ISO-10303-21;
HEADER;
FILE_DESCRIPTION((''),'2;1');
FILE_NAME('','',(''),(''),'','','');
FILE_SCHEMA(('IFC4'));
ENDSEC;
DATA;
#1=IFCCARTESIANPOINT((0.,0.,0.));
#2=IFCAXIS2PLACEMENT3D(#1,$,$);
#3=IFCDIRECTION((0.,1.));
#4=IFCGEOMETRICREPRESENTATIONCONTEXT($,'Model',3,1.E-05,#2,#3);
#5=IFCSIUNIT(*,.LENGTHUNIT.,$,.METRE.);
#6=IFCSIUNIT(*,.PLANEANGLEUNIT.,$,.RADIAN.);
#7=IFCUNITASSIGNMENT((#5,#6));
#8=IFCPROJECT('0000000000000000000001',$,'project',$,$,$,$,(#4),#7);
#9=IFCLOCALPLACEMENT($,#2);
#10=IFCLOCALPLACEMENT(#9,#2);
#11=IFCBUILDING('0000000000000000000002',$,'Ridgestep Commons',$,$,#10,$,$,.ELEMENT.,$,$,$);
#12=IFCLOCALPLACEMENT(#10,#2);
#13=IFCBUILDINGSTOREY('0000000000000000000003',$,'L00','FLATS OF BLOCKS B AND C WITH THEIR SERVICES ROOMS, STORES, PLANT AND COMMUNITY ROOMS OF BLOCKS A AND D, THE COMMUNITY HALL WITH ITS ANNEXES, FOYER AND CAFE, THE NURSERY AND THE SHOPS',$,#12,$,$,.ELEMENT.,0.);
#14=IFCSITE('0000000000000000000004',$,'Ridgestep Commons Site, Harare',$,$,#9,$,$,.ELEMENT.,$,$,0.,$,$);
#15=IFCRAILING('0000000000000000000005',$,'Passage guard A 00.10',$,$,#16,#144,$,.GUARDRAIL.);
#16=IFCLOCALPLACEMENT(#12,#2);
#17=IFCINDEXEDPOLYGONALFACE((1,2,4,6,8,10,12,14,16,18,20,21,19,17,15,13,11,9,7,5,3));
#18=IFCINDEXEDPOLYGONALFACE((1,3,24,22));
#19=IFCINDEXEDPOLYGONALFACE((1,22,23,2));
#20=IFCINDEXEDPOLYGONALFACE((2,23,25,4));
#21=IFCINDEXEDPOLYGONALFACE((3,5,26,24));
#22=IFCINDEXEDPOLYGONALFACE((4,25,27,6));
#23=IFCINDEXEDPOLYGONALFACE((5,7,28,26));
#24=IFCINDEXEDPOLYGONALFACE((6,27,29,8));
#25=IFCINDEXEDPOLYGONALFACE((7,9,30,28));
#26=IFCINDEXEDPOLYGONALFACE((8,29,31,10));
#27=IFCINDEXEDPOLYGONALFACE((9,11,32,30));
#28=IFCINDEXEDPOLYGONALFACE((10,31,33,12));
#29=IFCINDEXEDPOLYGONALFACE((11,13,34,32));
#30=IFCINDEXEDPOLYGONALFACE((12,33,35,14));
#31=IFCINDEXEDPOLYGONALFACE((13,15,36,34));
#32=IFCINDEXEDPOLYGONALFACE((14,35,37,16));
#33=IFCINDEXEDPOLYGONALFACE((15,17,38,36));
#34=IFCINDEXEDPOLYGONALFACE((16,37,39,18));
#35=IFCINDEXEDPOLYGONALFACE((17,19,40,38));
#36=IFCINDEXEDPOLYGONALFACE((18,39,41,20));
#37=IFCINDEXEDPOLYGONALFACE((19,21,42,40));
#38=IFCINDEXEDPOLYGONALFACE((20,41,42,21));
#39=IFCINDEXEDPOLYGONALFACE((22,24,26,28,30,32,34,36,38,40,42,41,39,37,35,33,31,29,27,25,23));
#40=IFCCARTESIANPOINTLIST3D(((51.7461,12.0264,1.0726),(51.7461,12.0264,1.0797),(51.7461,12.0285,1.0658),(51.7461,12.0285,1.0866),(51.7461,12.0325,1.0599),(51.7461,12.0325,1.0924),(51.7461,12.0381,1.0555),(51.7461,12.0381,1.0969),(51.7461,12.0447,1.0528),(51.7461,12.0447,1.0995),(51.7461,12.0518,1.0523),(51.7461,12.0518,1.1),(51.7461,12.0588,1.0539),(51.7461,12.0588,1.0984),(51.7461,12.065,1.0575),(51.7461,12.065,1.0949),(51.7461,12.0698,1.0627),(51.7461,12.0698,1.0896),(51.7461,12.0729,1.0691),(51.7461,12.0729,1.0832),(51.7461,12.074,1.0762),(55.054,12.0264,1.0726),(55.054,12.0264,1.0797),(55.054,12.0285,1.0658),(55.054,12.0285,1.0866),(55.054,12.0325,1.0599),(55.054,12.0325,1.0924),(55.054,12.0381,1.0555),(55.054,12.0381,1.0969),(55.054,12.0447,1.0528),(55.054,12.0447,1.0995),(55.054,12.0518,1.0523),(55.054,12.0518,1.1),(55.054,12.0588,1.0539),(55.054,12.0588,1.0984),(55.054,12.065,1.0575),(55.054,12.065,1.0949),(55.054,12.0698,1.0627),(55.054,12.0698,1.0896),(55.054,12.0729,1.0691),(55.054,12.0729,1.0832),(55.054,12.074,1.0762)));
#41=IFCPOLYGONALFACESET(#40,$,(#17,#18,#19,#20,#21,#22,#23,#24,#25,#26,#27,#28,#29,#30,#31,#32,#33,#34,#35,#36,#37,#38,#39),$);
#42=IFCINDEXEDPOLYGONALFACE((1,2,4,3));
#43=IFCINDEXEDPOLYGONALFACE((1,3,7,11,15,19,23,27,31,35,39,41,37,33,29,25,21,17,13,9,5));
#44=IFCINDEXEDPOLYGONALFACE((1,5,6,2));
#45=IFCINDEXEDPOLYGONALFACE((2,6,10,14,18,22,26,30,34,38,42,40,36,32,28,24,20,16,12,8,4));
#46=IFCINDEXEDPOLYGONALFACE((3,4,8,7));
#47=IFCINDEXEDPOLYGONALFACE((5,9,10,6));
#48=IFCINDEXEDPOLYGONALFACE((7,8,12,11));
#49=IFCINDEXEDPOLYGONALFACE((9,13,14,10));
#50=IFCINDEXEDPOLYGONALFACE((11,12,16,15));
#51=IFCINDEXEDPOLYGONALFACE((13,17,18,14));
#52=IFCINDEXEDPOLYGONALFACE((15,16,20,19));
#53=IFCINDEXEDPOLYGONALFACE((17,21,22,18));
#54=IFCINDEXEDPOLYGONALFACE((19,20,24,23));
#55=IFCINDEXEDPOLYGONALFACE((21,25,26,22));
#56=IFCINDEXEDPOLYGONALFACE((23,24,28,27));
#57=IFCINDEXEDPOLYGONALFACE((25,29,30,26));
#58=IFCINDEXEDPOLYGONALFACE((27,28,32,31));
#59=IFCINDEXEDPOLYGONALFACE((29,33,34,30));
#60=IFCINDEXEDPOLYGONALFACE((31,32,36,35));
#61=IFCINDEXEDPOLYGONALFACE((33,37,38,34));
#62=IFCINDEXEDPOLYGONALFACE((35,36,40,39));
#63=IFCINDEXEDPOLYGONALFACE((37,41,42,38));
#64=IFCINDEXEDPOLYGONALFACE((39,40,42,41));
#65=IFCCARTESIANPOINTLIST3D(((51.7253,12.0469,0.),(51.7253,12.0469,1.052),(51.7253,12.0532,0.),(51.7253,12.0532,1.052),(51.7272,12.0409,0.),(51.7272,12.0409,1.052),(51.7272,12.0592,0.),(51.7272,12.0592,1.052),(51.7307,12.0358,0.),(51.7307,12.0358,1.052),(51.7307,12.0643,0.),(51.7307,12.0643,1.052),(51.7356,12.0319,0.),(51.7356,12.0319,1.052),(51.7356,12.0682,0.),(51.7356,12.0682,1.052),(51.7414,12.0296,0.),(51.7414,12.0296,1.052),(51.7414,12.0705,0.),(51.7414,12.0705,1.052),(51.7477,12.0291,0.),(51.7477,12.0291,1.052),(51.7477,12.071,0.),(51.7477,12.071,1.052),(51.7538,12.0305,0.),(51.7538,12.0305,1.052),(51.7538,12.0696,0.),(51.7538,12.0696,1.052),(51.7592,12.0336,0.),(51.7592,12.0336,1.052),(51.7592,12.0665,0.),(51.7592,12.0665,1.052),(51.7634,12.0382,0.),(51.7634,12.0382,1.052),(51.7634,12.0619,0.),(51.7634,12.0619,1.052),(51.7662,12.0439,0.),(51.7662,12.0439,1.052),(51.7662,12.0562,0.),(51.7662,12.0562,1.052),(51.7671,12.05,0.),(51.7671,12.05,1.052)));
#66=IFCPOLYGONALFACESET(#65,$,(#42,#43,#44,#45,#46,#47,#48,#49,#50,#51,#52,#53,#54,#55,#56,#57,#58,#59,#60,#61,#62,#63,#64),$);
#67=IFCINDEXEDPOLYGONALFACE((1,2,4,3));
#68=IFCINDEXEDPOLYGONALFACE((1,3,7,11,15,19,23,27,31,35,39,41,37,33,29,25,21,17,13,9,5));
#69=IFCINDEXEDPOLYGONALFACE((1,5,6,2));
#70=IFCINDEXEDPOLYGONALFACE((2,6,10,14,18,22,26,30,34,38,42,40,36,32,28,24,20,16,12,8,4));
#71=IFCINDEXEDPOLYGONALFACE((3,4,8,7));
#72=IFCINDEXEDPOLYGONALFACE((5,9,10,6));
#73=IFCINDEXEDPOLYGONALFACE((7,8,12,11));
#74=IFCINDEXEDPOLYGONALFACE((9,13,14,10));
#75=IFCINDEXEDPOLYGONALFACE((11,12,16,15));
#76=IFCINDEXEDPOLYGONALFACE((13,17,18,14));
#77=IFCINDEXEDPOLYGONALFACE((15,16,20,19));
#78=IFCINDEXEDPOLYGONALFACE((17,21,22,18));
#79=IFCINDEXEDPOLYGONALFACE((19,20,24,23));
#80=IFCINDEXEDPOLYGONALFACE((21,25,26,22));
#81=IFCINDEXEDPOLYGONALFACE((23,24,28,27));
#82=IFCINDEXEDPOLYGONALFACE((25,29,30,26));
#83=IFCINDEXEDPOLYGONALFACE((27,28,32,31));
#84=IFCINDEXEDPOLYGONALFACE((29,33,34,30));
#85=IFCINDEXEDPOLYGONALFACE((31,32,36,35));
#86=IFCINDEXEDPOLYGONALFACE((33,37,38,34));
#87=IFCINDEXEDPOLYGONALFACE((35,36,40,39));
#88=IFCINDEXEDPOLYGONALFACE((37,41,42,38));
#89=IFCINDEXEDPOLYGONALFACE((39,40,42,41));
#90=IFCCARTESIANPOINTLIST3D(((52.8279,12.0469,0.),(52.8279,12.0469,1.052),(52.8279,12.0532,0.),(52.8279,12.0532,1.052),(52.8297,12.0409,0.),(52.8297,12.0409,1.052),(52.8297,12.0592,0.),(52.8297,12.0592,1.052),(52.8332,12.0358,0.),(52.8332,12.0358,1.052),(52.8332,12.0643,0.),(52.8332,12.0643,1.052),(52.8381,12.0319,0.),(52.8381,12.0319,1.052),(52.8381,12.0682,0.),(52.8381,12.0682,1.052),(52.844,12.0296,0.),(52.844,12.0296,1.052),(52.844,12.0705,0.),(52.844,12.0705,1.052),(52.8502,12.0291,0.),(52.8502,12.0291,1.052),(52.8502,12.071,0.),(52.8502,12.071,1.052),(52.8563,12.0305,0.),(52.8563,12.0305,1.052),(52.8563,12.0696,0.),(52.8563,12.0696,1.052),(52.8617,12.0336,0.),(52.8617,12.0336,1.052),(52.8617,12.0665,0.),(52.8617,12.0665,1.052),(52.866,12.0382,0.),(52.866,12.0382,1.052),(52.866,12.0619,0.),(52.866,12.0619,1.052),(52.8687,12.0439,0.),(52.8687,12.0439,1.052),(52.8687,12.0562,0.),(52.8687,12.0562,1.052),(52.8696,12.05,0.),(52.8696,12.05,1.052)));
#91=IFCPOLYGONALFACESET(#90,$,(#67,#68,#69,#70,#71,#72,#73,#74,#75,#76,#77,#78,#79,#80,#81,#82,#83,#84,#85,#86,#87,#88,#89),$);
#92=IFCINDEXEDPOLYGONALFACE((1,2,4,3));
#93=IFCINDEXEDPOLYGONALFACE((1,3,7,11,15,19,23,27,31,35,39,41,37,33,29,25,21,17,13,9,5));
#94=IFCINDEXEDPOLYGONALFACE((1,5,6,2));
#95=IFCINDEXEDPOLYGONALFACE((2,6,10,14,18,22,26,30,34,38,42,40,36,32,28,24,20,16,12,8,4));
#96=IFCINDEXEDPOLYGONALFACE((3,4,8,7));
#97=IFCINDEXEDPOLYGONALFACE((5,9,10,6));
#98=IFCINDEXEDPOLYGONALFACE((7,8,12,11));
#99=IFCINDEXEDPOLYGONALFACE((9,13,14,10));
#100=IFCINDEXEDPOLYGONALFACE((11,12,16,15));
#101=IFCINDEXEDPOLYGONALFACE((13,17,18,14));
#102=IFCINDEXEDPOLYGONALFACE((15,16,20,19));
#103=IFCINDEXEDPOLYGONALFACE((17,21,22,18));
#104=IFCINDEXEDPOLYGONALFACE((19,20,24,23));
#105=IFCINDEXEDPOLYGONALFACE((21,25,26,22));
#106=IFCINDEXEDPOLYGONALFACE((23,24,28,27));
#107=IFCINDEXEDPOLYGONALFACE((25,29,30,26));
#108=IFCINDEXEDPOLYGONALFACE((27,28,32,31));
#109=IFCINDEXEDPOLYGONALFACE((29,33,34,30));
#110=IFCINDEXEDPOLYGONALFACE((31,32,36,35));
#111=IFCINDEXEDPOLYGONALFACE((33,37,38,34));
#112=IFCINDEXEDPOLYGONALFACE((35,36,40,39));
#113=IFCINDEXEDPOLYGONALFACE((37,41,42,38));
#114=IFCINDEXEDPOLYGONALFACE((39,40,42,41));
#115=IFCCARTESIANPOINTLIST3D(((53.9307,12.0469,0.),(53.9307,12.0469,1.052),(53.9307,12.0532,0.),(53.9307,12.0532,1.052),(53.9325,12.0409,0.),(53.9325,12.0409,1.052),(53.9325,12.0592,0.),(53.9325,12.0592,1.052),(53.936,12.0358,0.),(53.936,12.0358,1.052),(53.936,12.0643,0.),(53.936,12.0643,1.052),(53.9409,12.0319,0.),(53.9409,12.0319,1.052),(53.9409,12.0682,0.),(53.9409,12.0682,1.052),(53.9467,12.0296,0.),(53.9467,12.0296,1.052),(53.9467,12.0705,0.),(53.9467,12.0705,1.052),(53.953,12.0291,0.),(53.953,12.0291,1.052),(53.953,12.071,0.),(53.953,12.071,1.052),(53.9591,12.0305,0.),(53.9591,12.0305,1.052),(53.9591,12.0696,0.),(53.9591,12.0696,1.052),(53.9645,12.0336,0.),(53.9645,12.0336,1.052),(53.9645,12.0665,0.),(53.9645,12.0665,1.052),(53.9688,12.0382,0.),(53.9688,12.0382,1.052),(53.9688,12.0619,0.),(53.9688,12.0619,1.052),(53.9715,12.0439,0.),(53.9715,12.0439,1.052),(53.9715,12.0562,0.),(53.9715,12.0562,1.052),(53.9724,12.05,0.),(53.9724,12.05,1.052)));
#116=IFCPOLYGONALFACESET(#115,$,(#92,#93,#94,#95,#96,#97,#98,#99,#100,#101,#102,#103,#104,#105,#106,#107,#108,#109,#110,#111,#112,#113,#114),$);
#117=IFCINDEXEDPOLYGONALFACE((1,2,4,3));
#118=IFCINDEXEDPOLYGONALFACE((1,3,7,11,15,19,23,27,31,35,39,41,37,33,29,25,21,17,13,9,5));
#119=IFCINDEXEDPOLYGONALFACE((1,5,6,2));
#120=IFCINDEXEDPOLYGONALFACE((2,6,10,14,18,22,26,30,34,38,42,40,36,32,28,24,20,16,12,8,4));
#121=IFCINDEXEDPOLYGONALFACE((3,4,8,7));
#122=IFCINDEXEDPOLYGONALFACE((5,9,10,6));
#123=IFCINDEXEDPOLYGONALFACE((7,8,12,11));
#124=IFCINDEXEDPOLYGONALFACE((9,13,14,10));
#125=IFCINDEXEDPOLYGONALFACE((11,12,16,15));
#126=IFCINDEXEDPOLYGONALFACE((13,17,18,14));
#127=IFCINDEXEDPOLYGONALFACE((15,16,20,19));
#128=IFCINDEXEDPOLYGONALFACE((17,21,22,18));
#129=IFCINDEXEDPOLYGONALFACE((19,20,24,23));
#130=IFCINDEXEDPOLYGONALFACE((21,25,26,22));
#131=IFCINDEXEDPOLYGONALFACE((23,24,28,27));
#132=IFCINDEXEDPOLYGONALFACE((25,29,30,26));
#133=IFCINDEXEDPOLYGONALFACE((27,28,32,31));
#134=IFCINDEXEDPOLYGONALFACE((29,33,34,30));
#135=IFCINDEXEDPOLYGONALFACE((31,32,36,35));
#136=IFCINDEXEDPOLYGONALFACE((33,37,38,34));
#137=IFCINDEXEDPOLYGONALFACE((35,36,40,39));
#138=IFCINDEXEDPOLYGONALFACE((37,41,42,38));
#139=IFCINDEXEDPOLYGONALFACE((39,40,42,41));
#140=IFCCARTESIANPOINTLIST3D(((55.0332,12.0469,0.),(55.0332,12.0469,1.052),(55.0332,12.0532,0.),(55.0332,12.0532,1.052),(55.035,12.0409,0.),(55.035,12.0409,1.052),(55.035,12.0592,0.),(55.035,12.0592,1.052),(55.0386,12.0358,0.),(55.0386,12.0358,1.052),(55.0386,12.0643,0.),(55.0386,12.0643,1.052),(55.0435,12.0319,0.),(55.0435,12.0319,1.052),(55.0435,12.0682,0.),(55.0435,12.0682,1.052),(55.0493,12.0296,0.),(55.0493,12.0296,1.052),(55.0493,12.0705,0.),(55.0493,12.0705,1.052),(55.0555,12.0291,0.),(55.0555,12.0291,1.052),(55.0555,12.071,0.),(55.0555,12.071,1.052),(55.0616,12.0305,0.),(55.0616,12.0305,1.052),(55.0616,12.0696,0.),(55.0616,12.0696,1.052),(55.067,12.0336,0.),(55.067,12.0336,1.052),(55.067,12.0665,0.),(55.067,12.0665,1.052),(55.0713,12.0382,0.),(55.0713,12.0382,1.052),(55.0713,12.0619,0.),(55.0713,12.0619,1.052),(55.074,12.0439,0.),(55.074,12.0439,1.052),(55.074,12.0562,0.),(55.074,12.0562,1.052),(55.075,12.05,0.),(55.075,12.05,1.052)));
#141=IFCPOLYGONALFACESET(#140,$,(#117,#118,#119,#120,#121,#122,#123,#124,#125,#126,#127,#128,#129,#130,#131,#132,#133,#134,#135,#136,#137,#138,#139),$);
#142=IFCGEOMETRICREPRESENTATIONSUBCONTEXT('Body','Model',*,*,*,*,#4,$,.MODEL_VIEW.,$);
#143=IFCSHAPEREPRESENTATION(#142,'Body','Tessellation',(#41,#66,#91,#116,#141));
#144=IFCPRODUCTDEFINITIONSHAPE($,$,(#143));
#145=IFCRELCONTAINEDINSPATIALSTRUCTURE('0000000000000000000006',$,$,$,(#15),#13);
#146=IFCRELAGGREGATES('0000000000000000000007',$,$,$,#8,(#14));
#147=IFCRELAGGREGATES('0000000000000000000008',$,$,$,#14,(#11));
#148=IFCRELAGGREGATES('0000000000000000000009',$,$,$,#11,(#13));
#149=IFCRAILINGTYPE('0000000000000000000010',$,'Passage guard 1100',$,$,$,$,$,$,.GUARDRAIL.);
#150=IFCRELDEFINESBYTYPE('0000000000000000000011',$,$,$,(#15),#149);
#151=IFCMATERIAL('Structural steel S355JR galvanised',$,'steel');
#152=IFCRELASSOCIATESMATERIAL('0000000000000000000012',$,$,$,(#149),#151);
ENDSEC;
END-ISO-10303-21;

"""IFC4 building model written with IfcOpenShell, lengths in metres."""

from ifc_helpers import new_model, si_unit, direction, frame, origin, origin_2d, place, context, subcontext, project, spatial, circle, extrude, material, type_object, element, save


model = new_model("IFC4")

# Units and contexts
model_context = context("Model", 3, precision=1e-05, world=origin(), true_north=direction((0.0, 1.0)))
body_context = subcontext(model_context, "Body", "Model", "MODEL_VIEW")
ifc_project = project(units=[si_unit("LENGTHUNIT", "METRE"), si_unit("PLANEANGLEUNIT", "RADIAN")], contexts=[model_context])

# Site, building, storey
site_placement = place(None, origin())
site = spatial("IfcSite", under=ifc_project, at=site_placement, Name="Ridgestep Commons Site, Harare", CompositionType="ELEMENT", RefElevation=0.0)
building_placement = place(site_placement, origin())
building = spatial("IfcBuilding", under=site, at=building_placement, Name="Ridgestep Commons", CompositionType="ELEMENT")
storey_placement = place(building_placement, origin())
storey = spatial("IfcBuildingStorey", under=building, at=storey_placement, Name="L00", Description="FLATS OF BLOCKS B AND C WITH THEIR SERVICES ROOMS, STORES, PLANT AND COMMUNITY ROOMS OF BLOCKS A AND D, THE COMMUNITY HALL WITH ITS ANNEXES, FOYER AND CAFE, THE NURSERY AND THE SHOPS", CompositionType="ELEMENT", Elevation=0.0)

# Railing
ifc_material_1 = material(Name="Structural steel S355JR galvanised", Category="steel")
railing_type = type_object("IfcRailingType", Name="Passage guard 1100", PredefinedType="GUARDRAIL", material=ifc_material_1)
railing_1_placement = place(storey_placement, frame((51.7461, 12.05, 0.0)))
element("IfcRailing", 1, at=railing_1_placement, inside=storey, type_object=railing_type, Name="Passage guard A 00.10", PredefinedType="GUARDRAIL", context=body_context, shape_type="SweptSolid", body=[
    extrude(circle(Radius=0.0239, at=origin_2d()), frame((0.0, 0.0, 1.0762), z_axis=(1.0, 0.0, 0.0), x_axis=(0.0, 1.0, 0.0)), (0.0, 0.0, 1.0), 3.3079),
    extrude(circle(Radius=0.021, at=origin_2d()), origin(), (0.0, 0.0, 1.0), 1.052),
    extrude(circle(Radius=0.021, at=origin_2d()), frame((1.1025, 0.0, 0.0)), (0.0, 0.0, 1.0), 1.052),
    extrude(circle(Radius=0.021, at=origin_2d()), frame((2.2053, 0.0, 0.0)), (0.0, 0.0, 1.0), 1.052),
    extrude(circle(Radius=0.021, at=origin_2d()), frame((3.3079, 0.0, 0.0)), (0.0, 0.0, 1.0), 1.052),
])

save(model, "model.ifc")
